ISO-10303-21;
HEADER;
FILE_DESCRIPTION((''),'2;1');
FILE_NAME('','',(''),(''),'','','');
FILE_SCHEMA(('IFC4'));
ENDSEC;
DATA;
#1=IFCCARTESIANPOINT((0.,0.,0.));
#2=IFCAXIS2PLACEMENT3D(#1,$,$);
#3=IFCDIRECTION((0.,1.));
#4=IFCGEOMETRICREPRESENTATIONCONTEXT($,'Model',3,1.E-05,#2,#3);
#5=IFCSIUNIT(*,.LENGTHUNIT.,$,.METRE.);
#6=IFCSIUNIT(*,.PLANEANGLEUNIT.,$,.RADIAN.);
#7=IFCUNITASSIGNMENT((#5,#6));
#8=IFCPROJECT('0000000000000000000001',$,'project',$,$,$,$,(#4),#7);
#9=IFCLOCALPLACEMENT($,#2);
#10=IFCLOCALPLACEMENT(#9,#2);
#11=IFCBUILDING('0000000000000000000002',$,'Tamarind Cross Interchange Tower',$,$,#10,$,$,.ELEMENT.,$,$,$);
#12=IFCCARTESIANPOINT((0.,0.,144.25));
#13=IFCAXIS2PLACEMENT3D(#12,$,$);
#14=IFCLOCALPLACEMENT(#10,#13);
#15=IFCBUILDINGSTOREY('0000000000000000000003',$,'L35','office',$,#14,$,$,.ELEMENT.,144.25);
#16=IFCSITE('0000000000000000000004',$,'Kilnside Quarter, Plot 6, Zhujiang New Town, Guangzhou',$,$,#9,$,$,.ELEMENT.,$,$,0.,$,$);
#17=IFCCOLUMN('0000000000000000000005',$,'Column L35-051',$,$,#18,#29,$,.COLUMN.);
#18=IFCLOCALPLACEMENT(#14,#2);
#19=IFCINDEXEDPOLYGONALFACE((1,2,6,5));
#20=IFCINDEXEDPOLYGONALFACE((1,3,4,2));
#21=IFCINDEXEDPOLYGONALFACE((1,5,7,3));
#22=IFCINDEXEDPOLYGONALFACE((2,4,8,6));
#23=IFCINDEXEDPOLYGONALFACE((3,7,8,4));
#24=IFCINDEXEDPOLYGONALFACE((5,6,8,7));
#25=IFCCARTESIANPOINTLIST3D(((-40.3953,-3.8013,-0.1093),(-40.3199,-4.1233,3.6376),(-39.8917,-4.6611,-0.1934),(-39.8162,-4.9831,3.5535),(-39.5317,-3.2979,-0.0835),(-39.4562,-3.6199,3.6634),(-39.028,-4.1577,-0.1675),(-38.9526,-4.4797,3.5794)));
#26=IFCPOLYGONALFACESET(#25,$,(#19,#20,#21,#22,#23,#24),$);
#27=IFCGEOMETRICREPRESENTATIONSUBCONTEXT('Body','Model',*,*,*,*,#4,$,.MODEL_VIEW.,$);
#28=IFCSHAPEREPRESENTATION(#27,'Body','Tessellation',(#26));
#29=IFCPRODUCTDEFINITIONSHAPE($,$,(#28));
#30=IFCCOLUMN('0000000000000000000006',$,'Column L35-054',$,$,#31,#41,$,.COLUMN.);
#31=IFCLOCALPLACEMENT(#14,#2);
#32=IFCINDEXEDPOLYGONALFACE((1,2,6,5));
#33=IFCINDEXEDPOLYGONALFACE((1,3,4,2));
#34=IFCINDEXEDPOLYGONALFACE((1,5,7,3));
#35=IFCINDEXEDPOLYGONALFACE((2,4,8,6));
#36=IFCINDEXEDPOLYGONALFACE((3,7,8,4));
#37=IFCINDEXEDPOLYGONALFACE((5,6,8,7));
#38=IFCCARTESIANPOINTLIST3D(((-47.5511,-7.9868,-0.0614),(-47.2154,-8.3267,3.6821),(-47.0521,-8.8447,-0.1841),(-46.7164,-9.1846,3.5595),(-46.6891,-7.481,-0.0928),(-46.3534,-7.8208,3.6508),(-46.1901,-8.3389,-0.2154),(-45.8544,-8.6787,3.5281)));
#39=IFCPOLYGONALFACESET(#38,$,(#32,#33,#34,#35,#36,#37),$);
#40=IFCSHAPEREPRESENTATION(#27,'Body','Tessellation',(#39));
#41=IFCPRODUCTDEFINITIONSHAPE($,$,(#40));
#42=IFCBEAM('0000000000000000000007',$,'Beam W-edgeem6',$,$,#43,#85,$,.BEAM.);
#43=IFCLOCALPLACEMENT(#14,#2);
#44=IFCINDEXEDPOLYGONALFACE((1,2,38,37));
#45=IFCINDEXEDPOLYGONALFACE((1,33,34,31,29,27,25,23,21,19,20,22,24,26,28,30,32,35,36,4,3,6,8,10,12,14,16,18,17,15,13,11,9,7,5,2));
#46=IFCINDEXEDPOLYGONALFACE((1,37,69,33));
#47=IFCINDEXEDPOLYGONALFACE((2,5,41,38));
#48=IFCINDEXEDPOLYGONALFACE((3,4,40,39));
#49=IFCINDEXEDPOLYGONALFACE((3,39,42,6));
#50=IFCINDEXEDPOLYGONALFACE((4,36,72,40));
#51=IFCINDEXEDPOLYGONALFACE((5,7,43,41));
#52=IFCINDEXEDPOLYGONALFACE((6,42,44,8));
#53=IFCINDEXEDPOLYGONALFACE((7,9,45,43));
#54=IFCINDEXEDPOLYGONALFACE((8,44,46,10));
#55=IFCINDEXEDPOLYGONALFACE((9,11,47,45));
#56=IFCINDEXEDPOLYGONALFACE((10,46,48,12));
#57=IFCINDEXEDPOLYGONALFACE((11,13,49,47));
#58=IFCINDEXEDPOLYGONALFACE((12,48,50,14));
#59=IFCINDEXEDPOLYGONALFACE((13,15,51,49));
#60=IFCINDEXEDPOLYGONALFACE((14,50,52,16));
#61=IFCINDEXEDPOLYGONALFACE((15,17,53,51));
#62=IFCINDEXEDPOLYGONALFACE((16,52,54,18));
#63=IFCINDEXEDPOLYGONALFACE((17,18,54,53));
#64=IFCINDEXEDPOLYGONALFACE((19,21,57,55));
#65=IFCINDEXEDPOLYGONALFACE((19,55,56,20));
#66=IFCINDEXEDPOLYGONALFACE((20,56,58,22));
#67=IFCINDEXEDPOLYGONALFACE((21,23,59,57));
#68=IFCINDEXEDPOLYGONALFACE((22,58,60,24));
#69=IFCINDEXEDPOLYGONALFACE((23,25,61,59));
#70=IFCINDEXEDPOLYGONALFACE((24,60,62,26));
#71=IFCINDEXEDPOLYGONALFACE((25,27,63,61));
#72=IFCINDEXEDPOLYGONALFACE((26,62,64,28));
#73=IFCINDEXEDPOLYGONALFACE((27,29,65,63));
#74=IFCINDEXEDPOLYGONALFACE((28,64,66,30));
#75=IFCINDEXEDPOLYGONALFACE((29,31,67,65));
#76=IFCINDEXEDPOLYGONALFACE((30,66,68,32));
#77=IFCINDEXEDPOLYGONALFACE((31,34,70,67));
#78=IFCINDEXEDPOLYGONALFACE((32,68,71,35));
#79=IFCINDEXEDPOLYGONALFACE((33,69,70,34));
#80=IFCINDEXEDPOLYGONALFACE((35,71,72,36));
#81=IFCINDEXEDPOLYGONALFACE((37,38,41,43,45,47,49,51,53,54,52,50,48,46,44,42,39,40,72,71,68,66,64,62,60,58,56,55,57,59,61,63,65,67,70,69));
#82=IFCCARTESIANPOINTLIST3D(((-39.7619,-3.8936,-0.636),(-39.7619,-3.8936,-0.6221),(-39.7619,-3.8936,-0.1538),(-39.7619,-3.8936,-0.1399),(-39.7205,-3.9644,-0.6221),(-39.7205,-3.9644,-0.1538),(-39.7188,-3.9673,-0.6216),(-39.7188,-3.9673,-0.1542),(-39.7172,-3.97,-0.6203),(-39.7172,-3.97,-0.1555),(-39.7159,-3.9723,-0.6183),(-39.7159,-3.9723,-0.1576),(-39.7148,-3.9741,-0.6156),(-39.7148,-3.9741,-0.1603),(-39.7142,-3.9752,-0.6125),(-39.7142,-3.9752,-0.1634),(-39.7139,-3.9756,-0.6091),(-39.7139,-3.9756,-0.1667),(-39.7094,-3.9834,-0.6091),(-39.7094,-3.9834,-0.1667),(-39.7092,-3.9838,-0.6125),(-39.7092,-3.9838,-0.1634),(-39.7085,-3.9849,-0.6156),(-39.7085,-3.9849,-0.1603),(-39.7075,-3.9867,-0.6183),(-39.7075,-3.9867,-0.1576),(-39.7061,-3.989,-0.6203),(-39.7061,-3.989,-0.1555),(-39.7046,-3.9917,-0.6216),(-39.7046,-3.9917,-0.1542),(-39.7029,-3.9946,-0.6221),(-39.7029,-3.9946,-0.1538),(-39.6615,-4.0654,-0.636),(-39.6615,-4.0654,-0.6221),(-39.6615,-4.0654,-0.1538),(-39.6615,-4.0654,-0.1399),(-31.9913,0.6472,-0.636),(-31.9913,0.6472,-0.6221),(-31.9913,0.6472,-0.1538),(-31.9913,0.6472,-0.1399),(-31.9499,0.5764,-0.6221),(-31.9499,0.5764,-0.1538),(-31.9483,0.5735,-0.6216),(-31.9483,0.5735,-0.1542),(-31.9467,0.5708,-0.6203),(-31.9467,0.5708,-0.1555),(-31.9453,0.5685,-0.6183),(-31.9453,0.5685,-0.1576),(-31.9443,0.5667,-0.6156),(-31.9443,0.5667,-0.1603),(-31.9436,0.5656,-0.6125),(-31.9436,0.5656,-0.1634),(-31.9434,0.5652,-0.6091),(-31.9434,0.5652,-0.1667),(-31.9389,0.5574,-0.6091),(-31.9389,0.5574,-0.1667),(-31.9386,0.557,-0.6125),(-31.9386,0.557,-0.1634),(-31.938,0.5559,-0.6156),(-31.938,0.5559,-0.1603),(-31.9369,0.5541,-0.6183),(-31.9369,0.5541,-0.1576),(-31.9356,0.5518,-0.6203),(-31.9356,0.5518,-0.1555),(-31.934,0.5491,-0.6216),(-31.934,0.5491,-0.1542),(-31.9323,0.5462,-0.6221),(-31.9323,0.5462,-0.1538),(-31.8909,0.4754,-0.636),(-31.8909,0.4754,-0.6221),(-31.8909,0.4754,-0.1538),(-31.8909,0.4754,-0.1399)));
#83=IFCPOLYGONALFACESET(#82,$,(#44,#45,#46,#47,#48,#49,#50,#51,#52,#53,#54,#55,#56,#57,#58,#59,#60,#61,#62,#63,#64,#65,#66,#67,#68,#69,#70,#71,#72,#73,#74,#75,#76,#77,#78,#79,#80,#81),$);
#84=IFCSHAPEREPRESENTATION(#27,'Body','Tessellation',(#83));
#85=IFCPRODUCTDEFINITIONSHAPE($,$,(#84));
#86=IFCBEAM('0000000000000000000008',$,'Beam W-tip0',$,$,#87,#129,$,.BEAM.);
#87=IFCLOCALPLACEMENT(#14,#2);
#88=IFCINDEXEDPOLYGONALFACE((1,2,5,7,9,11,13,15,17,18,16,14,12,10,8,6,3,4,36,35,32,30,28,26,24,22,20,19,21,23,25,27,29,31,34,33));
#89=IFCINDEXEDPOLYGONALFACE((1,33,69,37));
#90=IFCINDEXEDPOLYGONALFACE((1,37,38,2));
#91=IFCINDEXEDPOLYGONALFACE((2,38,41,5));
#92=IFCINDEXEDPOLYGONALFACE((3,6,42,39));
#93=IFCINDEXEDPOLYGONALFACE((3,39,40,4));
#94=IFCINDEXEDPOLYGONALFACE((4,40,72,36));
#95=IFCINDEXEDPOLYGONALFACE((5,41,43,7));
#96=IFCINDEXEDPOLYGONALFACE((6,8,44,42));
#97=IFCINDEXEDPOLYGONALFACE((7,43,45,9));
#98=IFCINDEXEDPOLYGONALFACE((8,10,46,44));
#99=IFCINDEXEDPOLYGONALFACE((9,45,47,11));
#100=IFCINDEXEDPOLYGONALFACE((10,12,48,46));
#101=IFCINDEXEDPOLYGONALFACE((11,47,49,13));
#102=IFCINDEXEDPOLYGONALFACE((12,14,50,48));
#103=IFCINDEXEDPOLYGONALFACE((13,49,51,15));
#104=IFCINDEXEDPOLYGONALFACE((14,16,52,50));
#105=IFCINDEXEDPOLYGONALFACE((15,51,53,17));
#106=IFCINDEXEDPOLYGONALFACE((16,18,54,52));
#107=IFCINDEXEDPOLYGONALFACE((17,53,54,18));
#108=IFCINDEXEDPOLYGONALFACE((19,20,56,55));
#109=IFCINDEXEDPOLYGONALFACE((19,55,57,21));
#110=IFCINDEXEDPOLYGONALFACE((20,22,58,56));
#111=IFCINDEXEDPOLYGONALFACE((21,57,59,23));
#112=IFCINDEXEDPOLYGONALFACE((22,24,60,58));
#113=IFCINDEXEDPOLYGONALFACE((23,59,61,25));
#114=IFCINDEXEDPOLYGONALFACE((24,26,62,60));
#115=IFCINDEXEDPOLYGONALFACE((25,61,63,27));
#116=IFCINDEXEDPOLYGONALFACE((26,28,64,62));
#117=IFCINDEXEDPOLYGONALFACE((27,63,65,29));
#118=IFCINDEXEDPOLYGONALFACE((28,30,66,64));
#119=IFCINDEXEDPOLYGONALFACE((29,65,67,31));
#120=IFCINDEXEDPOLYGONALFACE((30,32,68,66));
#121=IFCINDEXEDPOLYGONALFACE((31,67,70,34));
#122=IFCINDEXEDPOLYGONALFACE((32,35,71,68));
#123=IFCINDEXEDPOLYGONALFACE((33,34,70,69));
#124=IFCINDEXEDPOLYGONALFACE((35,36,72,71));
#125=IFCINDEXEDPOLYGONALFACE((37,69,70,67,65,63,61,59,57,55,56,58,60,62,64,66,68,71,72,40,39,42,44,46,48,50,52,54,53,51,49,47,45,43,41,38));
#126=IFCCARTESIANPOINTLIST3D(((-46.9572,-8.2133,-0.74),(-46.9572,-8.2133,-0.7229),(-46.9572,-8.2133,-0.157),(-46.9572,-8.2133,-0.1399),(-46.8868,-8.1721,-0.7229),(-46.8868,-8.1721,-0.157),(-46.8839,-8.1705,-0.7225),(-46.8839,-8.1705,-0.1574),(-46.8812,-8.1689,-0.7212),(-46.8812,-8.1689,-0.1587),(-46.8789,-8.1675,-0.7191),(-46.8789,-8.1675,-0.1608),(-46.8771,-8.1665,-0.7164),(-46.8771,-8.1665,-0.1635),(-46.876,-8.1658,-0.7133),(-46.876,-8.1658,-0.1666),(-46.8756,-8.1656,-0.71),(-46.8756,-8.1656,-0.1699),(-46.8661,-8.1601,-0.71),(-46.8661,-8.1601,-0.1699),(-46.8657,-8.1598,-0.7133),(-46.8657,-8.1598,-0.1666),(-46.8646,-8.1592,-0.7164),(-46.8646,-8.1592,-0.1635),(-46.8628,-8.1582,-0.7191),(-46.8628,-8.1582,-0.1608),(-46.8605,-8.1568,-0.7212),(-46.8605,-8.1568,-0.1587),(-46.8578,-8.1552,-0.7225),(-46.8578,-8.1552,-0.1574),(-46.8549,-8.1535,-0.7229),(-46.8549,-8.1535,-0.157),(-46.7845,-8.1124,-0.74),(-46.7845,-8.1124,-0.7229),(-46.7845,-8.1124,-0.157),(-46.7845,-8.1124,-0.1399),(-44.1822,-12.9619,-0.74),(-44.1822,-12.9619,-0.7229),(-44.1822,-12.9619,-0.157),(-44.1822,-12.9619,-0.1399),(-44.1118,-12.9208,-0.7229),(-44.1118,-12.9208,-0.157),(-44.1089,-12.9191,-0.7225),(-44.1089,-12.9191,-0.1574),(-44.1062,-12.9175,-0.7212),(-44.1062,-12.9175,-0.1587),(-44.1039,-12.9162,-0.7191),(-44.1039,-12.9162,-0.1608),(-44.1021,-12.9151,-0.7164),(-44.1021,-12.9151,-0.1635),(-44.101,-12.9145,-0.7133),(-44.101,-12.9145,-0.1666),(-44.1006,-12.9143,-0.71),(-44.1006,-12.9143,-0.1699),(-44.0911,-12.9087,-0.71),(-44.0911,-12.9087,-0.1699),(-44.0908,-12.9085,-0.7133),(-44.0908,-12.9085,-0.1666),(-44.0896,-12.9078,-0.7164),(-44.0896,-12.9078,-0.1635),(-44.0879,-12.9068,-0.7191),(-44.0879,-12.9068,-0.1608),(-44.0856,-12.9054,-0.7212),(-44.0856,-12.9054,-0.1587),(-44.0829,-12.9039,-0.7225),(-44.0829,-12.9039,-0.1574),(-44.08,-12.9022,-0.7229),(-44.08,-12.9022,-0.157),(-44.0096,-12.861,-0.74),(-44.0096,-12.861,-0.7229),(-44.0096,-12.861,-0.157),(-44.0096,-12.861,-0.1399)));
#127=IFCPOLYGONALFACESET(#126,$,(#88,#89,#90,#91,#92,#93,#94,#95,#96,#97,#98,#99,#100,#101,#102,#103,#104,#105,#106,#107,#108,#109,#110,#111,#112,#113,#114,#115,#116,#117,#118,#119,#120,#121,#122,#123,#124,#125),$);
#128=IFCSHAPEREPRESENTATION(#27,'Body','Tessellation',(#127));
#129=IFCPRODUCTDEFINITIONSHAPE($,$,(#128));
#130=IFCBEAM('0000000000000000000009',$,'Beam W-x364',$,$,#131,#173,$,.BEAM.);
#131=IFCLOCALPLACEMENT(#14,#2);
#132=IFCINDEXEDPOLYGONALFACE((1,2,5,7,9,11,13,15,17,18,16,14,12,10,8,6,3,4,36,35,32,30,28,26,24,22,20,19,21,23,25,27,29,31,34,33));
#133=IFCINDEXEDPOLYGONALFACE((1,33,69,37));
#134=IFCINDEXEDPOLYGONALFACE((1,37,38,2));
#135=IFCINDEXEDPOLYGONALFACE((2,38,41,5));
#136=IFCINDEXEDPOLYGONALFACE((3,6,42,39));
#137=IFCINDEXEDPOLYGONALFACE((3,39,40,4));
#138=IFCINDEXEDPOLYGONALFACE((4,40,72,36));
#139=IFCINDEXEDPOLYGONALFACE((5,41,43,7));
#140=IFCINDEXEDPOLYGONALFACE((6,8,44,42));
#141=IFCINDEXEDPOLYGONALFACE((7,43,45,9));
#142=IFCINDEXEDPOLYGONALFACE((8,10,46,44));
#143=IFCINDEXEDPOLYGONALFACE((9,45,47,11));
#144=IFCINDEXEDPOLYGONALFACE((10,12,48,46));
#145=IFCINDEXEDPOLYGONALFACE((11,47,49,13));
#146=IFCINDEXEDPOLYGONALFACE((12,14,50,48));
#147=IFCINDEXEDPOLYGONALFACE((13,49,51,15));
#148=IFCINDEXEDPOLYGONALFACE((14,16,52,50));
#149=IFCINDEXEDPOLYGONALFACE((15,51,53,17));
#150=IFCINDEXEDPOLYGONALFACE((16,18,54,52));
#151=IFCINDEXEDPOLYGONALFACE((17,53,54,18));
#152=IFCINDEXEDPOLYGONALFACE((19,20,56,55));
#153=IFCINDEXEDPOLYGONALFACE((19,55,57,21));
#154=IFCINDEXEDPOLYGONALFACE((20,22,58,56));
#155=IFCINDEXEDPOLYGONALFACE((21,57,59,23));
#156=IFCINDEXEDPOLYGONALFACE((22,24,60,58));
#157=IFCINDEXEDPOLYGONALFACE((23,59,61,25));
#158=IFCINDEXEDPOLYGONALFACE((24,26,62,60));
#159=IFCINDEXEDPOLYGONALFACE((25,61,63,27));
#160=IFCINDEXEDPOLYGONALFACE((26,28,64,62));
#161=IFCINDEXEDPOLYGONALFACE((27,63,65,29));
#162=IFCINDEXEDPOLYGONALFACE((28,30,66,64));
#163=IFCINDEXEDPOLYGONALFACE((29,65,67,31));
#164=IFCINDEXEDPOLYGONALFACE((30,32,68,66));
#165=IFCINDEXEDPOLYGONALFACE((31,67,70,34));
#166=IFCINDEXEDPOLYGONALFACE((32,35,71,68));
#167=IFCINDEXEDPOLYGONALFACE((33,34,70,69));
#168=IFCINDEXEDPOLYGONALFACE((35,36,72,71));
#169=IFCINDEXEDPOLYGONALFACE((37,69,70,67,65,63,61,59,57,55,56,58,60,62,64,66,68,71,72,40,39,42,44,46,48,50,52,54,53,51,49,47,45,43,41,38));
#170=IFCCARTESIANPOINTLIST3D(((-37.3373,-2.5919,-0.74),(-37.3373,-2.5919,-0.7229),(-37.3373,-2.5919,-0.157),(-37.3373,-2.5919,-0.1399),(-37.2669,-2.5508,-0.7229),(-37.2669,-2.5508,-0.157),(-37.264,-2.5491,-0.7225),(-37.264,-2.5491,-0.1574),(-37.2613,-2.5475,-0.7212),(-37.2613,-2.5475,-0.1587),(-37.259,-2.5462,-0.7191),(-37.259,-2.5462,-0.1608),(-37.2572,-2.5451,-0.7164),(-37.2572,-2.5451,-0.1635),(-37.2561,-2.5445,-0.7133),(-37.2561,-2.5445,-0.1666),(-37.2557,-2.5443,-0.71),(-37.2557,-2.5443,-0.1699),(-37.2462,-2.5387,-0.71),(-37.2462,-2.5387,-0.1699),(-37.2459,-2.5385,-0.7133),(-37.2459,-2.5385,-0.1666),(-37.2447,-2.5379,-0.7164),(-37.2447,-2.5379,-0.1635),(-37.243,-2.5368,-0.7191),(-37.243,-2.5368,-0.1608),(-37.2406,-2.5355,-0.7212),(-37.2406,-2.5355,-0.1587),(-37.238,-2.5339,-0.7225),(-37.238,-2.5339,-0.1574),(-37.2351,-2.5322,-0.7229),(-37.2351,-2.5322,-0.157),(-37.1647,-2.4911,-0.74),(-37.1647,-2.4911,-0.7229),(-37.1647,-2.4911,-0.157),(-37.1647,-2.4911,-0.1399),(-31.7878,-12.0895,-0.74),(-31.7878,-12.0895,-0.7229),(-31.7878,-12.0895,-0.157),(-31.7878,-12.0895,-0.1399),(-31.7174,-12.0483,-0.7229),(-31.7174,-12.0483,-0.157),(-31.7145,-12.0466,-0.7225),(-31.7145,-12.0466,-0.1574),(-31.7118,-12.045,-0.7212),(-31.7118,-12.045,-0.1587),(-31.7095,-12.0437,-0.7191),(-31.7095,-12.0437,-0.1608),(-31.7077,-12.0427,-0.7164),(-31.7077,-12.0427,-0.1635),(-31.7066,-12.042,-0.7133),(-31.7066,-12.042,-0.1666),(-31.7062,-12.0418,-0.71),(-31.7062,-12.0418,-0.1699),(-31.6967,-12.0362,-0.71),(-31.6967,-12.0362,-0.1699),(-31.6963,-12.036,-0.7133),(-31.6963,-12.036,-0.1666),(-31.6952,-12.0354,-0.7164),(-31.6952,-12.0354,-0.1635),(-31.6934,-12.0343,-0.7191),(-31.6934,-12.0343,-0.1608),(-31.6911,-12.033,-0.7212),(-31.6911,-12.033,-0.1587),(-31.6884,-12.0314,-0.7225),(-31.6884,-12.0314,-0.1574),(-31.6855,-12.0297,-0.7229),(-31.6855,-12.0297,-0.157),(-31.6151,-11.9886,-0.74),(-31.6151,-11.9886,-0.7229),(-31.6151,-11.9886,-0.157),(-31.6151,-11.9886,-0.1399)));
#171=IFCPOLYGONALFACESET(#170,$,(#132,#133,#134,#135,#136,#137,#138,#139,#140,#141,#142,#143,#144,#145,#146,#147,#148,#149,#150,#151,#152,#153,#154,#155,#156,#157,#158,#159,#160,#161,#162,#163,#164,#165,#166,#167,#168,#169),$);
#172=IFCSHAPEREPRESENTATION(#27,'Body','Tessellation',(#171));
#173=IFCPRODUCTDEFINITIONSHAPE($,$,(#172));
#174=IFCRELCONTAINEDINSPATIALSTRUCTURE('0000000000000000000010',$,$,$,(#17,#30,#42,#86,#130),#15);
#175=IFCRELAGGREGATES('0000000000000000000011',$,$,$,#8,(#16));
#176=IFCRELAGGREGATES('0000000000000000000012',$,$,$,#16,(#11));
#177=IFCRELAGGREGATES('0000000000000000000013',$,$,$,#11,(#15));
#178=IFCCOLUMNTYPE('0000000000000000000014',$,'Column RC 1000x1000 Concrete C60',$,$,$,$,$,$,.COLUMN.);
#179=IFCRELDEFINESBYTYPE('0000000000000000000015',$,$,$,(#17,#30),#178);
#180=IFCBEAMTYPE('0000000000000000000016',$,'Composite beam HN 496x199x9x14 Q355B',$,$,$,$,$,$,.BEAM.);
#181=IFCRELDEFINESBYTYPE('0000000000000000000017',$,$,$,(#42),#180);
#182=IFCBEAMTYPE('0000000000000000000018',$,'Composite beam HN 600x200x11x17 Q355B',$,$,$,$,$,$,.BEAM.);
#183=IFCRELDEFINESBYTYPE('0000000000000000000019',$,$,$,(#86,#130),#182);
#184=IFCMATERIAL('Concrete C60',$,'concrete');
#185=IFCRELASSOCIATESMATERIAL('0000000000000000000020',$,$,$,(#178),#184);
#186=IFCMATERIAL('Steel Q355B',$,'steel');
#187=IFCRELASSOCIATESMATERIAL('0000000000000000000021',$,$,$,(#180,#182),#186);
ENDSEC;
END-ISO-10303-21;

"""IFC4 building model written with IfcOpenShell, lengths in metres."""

from ifc_helpers import new_model, si_unit, direction, frame, origin, origin_2d, place, context, subcontext, project, spatial, rectangle, i_section, extrude, material, material_profile, profile_set, type_object, element, save


model = new_model("IFC4")

# Units and contexts
model_context = context("Model", 3, precision=1e-05, world=origin(), true_north=direction((0.0, 1.0)))
body_context = subcontext(model_context, "Body", "Model", "MODEL_VIEW")
ifc_project = project(units=[si_unit("LENGTHUNIT", "METRE"), si_unit("PLANEANGLEUNIT", "RADIAN")], contexts=[model_context])

# Site, building, storey
site_placement = place(None, origin())
site = spatial("IfcSite", under=ifc_project, at=site_placement, Name="Kilnside Quarter, Plot 6, Zhujiang New Town, Guangzhou", CompositionType="ELEMENT", RefElevation=0.0)
building_placement = place(site_placement, origin())
building = spatial("IfcBuilding", under=site, at=building_placement, Name="Tamarind Cross Interchange Tower", CompositionType="ELEMENT")
storey_placement = place(building_placement, frame((0.0, 0.0, 144.25)))
storey = spatial("IfcBuildingStorey", under=building, at=storey_placement, Name="L35", Description="office", CompositionType="ELEMENT", Elevation=144.25)

# Columns
ifc_material_1 = material(Name="Concrete C60", Category="concrete")
ifc_material_profile_1 = material_profile(ifc_material_1, rectangle(XDim=1.0, YDim=1.0, at=origin_2d()), Name="RC 1000x1000")
ifc_profile_set_1 = profile_set([ifc_material_profile_1], Name="Concrete C60")
column_type = type_object("IfcColumnType", Name="Column RC 1000x1000 Concrete C60", PredefinedType="COLUMN", material=ifc_profile_set_1)
column_1_placement = place(storey_placement, frame((-39.7117, -3.9795, -0.1384), z_axis=(0.020056, -0.085612, 0.996127), x_axis=(0.863665, 0.503401, 0.025876)))
element("IfcColumn", 1, at=column_1_placement, inside=storey, type_object=column_type, Name="Column L35-051", PredefinedType="COLUMN", context=body_context, shape_type="SweptSolid", body=[
    extrude(rectangle(XDim=1.0, YDim=1.0, at=origin_2d()), origin(), (0.0, 0.0, 1.0), 3.7615),
])
column_2_placement = place(storey_placement, frame((-46.8706, -8.1628, -0.1384), z_axis=(0.088949, -0.090049, 0.991957), x_axis=(-0.498981, 0.857894, 0.122622)))
element("IfcColumn", 2, at=column_2_placement, inside=storey, type_object=column_type, Name="Column L35-054", PredefinedType="COLUMN", context=body_context, shape_type="SweptSolid", body=[
    extrude(rectangle(XDim=1.0, YDim=1.0, at=origin_2d()), origin(), (0.0, 0.0, 1.0), 3.7739),
])

# Beams
ifc_material_2 = material(Name="Steel Q355B", Category="steel")
ifc_material_profile_2 = material_profile(ifc_material_2, i_section(OverallWidth=0.199, OverallDepth=0.4961, WebThickness=0.009, FlangeThickness=0.0139, FilletRadius=0.0129, at=origin_2d()), Name="HN 496x199x9x14")
ifc_profile_set_2 = profile_set([ifc_material_profile_2], Name="Steel Q355B")
beam_type_1 = type_object("IfcBeamType", Name="Composite beam HN 496x199x9x14 Q355B", PredefinedType="BEAM", material=ifc_profile_set_2)
beam_1_placement = place(storey_placement, frame((-39.7117, -3.9795, -0.3879), z_axis=(0.863393, 0.504532, 0.0), x_axis=(-0.504532, 0.863393, 0.0)))
element("IfcBeam", 3, at=beam_1_placement, inside=storey, type_object=beam_type_1, Name="Beam W-edgeem6", PredefinedType="BEAM", context=body_context, shape_type="SweptSolid", body=[
    extrude(i_section(OverallWidth=0.199, OverallDepth=0.4961, WebThickness=0.009, FlangeThickness=0.0139, FilletRadius=0.0129, at=origin_2d()), origin(), (0.0, 0.0, 1.0), 9.0),
])
ifc_material_profile_3 = material_profile(ifc_material_2, i_section(OverallWidth=0.2, OverallDepth=0.6001, WebThickness=0.011, FlangeThickness=0.0171, FilletRadius=0.0129, at=origin_2d()), Name="HN 600x200x11x17")
ifc_profile_set_3 = profile_set([ifc_material_profile_3], Name="Steel Q355B")
beam_type_2 = type_object("IfcBeamType", Name="Composite beam HN 600x200x11x17 Q355B", PredefinedType="BEAM", material=ifc_profile_set_3)
beam_2_placement = place(storey_placement, frame((-46.8708, -8.1628, -0.4399), z_axis=(0.504539, -0.863389, 0.0), x_axis=(0.863389, 0.504539, 0.0)))
element("IfcBeam", 4, at=beam_2_placement, inside=storey, type_object=beam_type_2, Name="Beam W-tip0", PredefinedType="BEAM", context=body_context, shape_type="SweptSolid", body=[
    extrude(i_section(OverallWidth=0.2, OverallDepth=0.6001, WebThickness=0.011, FlangeThickness=0.0171, FilletRadius=0.0129, at=origin_2d()), origin(), (0.0, 0.0, 1.0), 5.5),
])
beam_3_placement = place(storey_placement, frame((-37.251, -2.5415, -0.4399), z_axis=(0.504503, -0.86341, 0.0), x_axis=(0.86341, 0.504503, 0.0)))
element("IfcBeam", 5, at=beam_3_placement, inside=storey, type_object=beam_type_2, Name="Beam W-x364", PredefinedType="BEAM", context=body_context, shape_type="SweptSolid", body=[
    extrude(i_section(OverallWidth=0.2, OverallDepth=0.6001, WebThickness=0.011, FlangeThickness=0.0171, FilletRadius=0.0129, at=origin_2d()), origin(), (0.0, 0.0, 1.0), 11.0),
])

save(model, "model.ifc")
